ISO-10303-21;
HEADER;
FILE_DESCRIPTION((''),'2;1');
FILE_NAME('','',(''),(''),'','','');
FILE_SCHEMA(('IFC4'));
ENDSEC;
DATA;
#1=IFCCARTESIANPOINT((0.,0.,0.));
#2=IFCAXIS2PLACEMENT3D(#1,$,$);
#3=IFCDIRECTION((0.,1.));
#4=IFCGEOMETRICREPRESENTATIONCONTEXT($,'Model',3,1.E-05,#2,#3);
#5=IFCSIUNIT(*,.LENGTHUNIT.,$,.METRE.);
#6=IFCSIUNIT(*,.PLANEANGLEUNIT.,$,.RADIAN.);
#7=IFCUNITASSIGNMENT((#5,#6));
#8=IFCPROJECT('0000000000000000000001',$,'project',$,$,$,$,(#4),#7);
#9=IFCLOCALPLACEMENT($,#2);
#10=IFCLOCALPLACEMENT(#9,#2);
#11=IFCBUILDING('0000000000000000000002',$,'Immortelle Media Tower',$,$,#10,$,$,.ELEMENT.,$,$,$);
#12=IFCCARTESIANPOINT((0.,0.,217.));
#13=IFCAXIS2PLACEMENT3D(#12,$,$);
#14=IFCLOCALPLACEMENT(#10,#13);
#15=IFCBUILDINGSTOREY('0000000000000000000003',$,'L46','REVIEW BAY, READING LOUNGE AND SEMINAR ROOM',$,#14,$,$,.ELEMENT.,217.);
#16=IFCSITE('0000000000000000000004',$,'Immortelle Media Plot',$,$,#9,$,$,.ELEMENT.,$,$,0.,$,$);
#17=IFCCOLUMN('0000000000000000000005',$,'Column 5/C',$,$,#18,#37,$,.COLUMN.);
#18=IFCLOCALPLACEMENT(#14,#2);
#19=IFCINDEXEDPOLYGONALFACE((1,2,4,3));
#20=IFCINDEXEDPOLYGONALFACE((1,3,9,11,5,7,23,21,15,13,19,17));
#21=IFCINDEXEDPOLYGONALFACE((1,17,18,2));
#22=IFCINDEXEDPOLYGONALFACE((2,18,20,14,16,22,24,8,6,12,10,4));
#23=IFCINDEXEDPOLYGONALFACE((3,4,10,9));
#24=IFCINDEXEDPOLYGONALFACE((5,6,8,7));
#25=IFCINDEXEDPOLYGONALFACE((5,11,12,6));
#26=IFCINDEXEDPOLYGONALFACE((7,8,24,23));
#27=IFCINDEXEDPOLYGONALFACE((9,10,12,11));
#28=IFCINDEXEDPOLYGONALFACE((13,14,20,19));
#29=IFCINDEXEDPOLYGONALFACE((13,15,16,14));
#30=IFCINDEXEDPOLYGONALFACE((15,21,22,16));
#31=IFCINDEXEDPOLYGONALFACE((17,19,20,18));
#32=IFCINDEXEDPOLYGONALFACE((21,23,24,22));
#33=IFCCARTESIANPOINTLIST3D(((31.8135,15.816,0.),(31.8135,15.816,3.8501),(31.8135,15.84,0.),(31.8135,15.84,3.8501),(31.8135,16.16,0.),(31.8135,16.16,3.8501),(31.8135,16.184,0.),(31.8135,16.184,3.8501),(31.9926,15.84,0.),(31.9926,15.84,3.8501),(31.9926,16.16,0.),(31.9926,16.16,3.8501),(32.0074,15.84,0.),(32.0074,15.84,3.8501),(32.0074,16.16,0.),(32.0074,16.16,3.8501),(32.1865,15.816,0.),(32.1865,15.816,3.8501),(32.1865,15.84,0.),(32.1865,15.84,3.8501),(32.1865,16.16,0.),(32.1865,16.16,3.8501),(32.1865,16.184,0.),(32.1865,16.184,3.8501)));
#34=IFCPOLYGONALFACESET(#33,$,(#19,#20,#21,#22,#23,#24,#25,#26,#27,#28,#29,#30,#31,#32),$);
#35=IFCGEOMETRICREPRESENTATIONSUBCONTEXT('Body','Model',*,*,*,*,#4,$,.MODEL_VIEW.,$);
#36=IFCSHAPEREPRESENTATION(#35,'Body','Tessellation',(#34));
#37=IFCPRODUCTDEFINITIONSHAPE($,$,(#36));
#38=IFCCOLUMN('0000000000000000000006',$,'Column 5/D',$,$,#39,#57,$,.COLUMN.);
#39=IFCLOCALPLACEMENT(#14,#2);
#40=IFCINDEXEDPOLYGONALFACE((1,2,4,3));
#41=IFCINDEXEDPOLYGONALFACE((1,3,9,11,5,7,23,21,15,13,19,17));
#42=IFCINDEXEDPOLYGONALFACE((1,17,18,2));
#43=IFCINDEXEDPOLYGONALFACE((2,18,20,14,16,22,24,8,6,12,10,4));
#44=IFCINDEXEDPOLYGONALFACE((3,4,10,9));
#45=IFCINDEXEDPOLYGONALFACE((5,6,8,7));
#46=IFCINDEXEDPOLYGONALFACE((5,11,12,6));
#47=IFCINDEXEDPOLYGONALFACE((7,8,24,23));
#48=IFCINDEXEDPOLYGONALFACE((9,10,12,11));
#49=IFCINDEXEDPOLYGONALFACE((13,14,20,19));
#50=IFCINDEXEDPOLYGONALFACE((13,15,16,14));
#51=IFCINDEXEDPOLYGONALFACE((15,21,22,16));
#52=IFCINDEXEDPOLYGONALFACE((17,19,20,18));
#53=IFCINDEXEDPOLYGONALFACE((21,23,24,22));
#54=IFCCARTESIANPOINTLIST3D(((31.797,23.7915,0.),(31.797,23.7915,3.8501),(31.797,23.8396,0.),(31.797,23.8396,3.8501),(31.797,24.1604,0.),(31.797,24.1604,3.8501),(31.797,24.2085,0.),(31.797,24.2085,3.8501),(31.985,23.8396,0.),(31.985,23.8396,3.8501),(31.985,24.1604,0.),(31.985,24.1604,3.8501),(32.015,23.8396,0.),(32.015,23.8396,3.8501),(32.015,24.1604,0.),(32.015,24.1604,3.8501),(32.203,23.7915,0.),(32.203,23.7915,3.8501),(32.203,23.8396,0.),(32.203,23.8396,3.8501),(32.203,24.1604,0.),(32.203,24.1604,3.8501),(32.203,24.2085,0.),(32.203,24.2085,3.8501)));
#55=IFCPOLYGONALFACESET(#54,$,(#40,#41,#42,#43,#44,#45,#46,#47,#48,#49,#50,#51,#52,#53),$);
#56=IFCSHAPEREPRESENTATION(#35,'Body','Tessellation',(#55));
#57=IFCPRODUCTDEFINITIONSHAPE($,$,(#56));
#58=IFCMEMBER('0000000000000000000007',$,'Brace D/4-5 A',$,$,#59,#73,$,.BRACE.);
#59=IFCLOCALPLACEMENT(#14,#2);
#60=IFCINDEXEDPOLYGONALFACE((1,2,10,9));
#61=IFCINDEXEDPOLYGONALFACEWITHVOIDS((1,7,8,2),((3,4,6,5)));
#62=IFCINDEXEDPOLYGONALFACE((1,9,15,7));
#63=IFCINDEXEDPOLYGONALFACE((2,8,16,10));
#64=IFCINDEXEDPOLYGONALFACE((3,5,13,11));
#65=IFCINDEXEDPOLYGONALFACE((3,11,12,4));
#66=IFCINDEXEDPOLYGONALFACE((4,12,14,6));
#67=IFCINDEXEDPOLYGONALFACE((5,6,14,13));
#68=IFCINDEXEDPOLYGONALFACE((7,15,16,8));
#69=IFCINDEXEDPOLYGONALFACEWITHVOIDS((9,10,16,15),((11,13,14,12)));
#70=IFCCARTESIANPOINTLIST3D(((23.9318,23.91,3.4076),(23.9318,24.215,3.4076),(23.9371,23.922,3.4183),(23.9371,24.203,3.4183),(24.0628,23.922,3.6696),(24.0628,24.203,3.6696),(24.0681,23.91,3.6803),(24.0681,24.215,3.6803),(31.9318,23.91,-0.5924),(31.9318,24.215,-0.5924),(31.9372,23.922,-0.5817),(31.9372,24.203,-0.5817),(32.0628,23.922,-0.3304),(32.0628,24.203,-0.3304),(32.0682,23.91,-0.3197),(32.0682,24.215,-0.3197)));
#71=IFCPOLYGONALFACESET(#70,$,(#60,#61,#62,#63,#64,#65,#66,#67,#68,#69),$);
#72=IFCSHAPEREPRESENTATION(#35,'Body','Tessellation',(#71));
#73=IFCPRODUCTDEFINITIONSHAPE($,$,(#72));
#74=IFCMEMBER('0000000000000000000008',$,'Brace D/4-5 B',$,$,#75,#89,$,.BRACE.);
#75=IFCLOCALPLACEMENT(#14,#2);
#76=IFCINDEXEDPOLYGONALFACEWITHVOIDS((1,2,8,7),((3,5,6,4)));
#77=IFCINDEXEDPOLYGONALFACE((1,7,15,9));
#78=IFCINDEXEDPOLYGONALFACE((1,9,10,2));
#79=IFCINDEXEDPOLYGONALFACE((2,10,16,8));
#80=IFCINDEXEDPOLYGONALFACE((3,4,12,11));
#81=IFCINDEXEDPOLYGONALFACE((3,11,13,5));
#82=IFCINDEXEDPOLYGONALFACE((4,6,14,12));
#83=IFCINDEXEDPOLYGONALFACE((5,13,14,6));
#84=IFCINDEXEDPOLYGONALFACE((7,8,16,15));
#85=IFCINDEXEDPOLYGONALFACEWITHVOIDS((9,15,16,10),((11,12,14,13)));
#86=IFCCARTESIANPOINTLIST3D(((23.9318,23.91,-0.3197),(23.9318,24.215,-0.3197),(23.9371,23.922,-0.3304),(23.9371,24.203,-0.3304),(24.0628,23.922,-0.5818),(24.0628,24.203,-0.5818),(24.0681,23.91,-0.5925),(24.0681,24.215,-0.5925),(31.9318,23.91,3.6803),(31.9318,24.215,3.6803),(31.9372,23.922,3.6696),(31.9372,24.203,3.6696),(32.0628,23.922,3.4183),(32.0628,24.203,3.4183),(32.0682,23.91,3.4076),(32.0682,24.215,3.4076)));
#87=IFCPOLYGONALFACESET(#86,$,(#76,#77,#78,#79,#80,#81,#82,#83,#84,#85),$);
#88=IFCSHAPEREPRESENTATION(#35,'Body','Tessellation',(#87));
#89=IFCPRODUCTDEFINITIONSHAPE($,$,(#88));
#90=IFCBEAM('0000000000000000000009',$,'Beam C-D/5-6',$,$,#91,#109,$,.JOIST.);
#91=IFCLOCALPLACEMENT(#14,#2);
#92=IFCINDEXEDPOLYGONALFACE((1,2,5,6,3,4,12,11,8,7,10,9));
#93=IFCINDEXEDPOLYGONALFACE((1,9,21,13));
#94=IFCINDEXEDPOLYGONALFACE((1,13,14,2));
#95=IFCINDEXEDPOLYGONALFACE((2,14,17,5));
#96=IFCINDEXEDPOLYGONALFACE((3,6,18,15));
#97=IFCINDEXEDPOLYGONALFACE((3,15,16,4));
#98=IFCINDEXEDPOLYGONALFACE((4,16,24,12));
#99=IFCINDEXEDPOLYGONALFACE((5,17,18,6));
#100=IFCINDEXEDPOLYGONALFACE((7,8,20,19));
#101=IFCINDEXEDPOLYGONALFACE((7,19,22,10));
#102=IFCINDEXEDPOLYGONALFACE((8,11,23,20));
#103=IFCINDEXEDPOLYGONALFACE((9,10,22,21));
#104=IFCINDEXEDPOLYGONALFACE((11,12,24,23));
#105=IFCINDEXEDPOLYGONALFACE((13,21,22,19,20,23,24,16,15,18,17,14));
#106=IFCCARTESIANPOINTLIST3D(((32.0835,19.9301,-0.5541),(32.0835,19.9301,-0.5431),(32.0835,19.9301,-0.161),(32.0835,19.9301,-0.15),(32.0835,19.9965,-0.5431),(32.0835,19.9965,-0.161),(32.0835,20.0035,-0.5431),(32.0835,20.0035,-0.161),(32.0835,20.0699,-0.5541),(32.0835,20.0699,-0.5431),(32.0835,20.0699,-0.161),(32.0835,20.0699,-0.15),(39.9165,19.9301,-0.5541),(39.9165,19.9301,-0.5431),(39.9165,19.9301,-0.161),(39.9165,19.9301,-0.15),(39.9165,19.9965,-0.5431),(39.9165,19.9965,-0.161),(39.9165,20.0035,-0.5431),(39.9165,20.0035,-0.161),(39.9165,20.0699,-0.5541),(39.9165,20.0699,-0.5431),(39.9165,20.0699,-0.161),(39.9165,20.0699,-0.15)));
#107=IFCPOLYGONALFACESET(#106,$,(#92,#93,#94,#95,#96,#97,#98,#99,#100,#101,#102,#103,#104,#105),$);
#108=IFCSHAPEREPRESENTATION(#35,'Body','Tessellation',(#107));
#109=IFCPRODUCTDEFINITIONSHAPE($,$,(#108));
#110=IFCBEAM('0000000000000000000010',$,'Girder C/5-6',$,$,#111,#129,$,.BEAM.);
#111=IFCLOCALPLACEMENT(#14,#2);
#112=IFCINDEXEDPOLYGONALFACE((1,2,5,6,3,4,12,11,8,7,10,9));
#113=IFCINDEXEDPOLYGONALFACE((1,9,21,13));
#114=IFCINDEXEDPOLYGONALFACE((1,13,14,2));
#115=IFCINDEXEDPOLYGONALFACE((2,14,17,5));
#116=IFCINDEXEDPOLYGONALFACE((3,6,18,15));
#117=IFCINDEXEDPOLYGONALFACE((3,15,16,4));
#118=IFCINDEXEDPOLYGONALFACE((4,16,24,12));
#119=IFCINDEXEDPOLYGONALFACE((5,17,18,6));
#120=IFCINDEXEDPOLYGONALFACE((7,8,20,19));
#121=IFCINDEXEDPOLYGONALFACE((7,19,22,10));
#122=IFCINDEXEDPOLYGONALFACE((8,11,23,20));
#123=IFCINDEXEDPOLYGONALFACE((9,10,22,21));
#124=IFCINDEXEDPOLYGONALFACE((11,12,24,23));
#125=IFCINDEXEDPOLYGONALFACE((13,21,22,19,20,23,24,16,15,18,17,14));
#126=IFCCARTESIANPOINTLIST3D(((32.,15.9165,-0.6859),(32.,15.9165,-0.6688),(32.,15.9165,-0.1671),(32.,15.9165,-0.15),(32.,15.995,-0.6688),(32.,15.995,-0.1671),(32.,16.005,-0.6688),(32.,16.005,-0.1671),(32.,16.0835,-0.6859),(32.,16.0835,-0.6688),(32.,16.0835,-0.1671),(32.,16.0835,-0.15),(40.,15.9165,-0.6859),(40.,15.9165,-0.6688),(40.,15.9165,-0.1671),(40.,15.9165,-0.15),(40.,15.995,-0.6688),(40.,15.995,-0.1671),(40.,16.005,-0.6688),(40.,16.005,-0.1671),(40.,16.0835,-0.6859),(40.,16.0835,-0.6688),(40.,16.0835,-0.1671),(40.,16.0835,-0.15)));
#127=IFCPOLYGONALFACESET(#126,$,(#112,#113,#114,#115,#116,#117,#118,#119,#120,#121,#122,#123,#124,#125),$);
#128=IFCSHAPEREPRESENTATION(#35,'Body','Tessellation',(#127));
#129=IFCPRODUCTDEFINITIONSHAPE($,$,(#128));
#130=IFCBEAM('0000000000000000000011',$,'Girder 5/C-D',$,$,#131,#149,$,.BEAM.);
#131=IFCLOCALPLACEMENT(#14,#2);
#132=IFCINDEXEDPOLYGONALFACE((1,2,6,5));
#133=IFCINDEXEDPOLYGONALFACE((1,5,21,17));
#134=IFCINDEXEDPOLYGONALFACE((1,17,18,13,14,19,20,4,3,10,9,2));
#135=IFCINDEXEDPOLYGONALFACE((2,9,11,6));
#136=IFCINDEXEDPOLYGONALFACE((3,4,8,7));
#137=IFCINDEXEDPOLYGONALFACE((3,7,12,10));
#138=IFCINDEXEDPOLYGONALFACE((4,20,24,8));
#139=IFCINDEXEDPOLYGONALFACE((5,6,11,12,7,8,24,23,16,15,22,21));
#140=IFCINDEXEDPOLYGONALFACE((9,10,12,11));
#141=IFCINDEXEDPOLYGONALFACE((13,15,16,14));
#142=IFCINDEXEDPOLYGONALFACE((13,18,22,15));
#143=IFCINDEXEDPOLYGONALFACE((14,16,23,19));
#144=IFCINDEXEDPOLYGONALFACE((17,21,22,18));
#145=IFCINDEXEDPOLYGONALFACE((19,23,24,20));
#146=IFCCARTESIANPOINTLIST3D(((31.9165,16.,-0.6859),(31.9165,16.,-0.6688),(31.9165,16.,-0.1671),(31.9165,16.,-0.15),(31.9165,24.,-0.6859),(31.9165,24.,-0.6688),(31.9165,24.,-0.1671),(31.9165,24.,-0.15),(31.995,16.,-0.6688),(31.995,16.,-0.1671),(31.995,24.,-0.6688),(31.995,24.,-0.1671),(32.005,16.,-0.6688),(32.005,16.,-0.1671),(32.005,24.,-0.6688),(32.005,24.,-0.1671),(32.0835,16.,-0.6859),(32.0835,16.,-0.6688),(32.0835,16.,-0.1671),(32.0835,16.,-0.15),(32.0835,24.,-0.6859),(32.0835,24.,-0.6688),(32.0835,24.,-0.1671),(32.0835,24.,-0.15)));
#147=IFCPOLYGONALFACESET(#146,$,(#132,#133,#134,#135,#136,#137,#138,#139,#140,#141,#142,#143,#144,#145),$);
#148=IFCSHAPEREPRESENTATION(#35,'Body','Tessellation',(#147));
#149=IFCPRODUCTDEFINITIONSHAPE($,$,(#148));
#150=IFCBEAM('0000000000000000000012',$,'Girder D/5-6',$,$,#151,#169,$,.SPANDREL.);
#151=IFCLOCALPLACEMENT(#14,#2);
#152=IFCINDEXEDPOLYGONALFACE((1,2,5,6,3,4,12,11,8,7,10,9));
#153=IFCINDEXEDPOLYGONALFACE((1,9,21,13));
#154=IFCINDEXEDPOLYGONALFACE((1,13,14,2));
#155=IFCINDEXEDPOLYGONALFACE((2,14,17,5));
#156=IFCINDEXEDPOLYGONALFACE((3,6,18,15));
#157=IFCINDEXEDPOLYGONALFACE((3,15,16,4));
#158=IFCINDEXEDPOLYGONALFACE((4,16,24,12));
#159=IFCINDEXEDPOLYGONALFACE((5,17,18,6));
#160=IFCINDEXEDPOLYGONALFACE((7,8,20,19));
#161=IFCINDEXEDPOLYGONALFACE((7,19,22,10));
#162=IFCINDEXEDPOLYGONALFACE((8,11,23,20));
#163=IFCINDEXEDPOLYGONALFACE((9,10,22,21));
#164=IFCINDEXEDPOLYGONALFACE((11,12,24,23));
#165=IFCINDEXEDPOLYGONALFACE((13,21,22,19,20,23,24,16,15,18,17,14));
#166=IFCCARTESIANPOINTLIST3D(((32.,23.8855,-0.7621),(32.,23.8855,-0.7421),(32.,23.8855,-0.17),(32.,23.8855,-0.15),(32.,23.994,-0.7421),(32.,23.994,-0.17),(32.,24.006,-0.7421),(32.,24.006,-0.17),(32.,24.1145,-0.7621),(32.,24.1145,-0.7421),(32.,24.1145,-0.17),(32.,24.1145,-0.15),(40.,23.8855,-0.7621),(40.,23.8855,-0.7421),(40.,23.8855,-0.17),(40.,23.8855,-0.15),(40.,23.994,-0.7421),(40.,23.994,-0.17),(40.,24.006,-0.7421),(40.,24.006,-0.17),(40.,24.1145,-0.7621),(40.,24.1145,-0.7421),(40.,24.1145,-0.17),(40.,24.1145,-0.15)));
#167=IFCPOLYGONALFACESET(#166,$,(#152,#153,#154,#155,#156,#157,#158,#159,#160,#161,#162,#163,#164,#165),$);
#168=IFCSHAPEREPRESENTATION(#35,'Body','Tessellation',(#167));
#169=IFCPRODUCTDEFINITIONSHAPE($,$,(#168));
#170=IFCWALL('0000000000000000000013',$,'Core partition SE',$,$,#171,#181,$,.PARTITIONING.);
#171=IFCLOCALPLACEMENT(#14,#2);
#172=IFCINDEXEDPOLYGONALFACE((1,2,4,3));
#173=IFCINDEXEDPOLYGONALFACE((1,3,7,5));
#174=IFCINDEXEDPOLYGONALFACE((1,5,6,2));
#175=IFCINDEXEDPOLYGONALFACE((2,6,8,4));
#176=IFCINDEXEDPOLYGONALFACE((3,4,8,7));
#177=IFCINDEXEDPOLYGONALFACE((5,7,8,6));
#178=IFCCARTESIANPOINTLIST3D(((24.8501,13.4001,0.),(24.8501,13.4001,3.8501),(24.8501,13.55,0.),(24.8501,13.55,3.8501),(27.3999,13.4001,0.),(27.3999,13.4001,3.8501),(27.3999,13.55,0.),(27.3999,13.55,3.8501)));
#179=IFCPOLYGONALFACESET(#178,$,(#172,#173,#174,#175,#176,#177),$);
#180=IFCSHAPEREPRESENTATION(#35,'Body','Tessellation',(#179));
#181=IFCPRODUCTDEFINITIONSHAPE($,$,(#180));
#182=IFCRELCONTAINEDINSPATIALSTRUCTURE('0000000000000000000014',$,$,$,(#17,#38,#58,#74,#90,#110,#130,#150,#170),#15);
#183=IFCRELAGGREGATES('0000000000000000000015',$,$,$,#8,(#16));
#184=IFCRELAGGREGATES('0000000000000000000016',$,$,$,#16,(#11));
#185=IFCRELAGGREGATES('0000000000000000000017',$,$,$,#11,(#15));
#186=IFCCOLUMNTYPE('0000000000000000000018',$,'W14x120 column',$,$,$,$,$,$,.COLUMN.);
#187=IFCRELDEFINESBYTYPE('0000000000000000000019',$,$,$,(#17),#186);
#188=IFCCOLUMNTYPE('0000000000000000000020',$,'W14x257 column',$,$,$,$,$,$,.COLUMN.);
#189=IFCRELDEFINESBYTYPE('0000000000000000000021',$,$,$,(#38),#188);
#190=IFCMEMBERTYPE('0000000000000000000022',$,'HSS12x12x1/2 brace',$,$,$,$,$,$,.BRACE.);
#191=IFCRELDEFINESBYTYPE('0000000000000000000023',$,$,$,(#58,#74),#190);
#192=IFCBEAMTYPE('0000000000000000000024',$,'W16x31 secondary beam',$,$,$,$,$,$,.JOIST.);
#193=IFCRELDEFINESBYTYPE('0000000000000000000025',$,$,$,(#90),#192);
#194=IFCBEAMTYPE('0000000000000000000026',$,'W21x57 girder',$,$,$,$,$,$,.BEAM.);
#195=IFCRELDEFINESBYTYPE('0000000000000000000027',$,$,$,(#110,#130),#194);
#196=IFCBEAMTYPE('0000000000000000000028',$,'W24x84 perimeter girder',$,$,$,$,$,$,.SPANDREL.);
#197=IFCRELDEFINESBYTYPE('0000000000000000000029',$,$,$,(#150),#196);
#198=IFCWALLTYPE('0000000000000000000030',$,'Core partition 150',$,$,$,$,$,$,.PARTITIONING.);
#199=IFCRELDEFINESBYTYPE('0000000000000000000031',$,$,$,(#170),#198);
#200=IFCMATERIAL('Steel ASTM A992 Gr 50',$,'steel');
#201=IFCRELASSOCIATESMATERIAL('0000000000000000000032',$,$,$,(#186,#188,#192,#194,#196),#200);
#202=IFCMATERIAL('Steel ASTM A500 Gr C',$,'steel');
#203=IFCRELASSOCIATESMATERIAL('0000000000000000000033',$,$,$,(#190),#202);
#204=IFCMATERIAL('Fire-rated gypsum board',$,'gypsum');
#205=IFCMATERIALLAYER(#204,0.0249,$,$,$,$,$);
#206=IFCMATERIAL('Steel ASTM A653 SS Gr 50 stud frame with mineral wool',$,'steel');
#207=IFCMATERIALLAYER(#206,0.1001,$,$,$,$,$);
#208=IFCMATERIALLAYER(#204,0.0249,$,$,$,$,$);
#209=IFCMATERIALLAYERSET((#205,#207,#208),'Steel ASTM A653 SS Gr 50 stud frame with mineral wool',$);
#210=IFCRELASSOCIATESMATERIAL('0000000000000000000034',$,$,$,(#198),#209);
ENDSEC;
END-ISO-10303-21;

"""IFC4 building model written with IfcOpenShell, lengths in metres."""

from ifc_helpers import new_model, si_unit, direction, frame, frame_2d, origin, origin_2d, place, context, subcontext, project, spatial, rectangle, hollow_rectangle, i_section, extrude, material, layer, layer_set, material_profile, profile_set, type_object, element, save


model = new_model("IFC4")

# Units and contexts
model_context = context("Model", 3, precision=1e-05, world=origin(), true_north=direction((0.0, 1.0)))
body_context = subcontext(model_context, "Body", "Model", "MODEL_VIEW")
ifc_project = project(units=[si_unit("LENGTHUNIT", "METRE"), si_unit("PLANEANGLEUNIT", "RADIAN")], contexts=[model_context])

# Site, building, storey
site_placement = place(None, origin())
site = spatial("IfcSite", under=ifc_project, at=site_placement, Name="Immortelle Media Plot", CompositionType="ELEMENT", RefElevation=0.0)
building_placement = place(site_placement, origin())
building = spatial("IfcBuilding", under=site, at=building_placement, Name="Immortelle Media Tower", CompositionType="ELEMENT")
storey_placement = place(building_placement, frame((0.0, 0.0, 217.0)))
storey = spatial("IfcBuildingStorey", under=building, at=storey_placement, Name="L46", Description="REVIEW BAY, READING LOUNGE AND SEMINAR ROOM", CompositionType="ELEMENT", Elevation=217.0)

# Columns
ifc_material_1 = material(Name="Steel ASTM A992 Gr 50", Category="steel")
ifc_material_profile_1 = material_profile(ifc_material_1, i_section(OverallWidth=0.373, OverallDepth=0.3679, WebThickness=0.0149, FlangeThickness=0.0239, at=origin_2d()), Name="W14x120")
ifc_profile_set_1 = profile_set([ifc_material_profile_1], Name="Steel ASTM A992 Gr 50")
column_type_1 = type_object("IfcColumnType", Name="W14x120 column", PredefinedType="COLUMN", material=ifc_profile_set_1)
column_1_placement = place(storey_placement, frame((32.0, 16.0, 0.0), z_axis=(0.0, 0.0, 1.0), x_axis=(1.0, 0.0, 0.0)))
element("IfcColumn", 1, at=column_1_placement, inside=storey, type_object=column_type_1, Name="Column 5/C", PredefinedType="COLUMN", context=body_context, shape_type="SweptSolid", body=[
    extrude(i_section(OverallWidth=0.373, OverallDepth=0.3679, WebThickness=0.0149, FlangeThickness=0.0239, at=origin_2d()), origin(), (0.0, 0.0, 1.0), 3.8501),
])
ifc_material_profile_2 = material_profile(ifc_material_1, i_section(OverallWidth=0.406, OverallDepth=0.417, WebThickness=0.03, FlangeThickness=0.0481, at=origin_2d()), Name="W14x257")
ifc_profile_set_2 = profile_set([ifc_material_profile_2], Name="Steel ASTM A992 Gr 50")
column_type_2 = type_object("IfcColumnType", Name="W14x257 column", PredefinedType="COLUMN", material=ifc_profile_set_2)
column_2_placement = place(storey_placement, frame((32.0, 24.0, 0.0), z_axis=(0.0, 0.0, 1.0), x_axis=(1.0, 0.0, 0.0)))
element("IfcColumn", 2, at=column_2_placement, inside=storey, type_object=column_type_2, Name="Column 5/D", PredefinedType="COLUMN", context=body_context, shape_type="SweptSolid", body=[
    extrude(i_section(OverallWidth=0.406, OverallDepth=0.417, WebThickness=0.03, FlangeThickness=0.0481, at=origin_2d()), origin(), (0.0, 0.0, 1.0), 3.8501),
])

# Members
ifc_material_2 = material(Name="Steel ASTM A500 Gr C", Category="steel")
ifc_material_profile_3 = material_profile(ifc_material_2, hollow_rectangle(XDim=0.3049, YDim=0.3049, WallThickness=0.012, at=origin_2d()), Name="HSS12x12x1/2 brace")
ifc_profile_set_3 = profile_set([ifc_material_profile_3], Name="Steel ASTM A500 Gr C")
member_type = type_object("IfcMemberType", Name="HSS12x12x1/2 brace", PredefinedType="BRACE", material=ifc_profile_set_3)
for number, where, z_axis, x_axis, name in (
    (3, (32.0, 24.0625, -0.4561), (-0.894427, 0.0, 0.447214), (0.0, -1.0, 0.0), "Brace D/4-5 A"),
    (4, (32.0, 24.0625, 3.5439), (-0.894427, 0.0, -0.447214), (0.0, -1.0, 0.0), "Brace D/4-5 B"),
):
    element("IfcMember", number, at=place(storey_placement, frame(where, z_axis=z_axis, x_axis=x_axis)), inside=storey, type_object=member_type, Name=name, PredefinedType="BRACE", context=body_context, shape_type="SweptSolid", body=[
        extrude(hollow_rectangle(XDim=0.3049, YDim=0.3049, WallThickness=0.012, at=origin_2d()), origin(), (0.0, 0.0, 1.0), 8.9443),
    ])

# Beams
ifc_material_profile_4 = material_profile(ifc_material_1, i_section(OverallWidth=0.1399, OverallDepth=0.4041, WebThickness=0.0071, FlangeThickness=0.011, at=origin_2d()), Name="W16x31")
ifc_profile_set_4 = profile_set([ifc_material_profile_4], Name="Steel ASTM A992 Gr 50")
beam_type_1 = type_object("IfcBeamType", Name="W16x31 secondary beam", PredefinedType="JOIST", material=ifc_profile_set_4)
beam_1_placement = place(storey_placement, frame((32.0835, 20.0, -0.3521), z_axis=(1.0, 0.0, 0.0), x_axis=(0.0, 1.0, 0.0)))
element("IfcBeam", 5, at=beam_1_placement, inside=storey, type_object=beam_type_1, Name="Beam C-D/5-6", PredefinedType="JOIST", context=body_context, shape_type="SweptSolid", body=[
    extrude(i_section(OverallWidth=0.1399, OverallDepth=0.4041, WebThickness=0.0071, FlangeThickness=0.011, at=origin_2d()), origin(), (0.0, 0.0, 1.0), 7.833),
])
ifc_material_profile_5 = material_profile(ifc_material_1, i_section(OverallWidth=0.167, OverallDepth=0.5359, WebThickness=0.01, FlangeThickness=0.0171, at=origin_2d()), Name="W21x57")
ifc_profile_set_5 = profile_set([ifc_material_profile_5], Name="Steel ASTM A992 Gr 50")
beam_type_2 = type_object("IfcBeamType", Name="W21x57 girder", PredefinedType="BEAM", material=ifc_profile_set_5)
for number, where, z_axis, x_axis, name in (
    (6, (32.0, 16.0, -0.418), (1.0, 0.0, 0.0), (0.0, 1.0, 0.0), "Girder C/5-6"),
    (7, (32.0, 16.0, -0.418), (0.0, 1.0, 0.0), (-1.0, 0.0, 0.0), "Girder 5/C-D"),
):
    element("IfcBeam", number, at=place(storey_placement, frame(where, z_axis=z_axis, x_axis=x_axis)), inside=storey, type_object=beam_type_2, Name=name, PredefinedType="BEAM", context=body_context, shape_type="SweptSolid", body=[
        extrude(i_section(OverallWidth=0.167, OverallDepth=0.5359, WebThickness=0.01, FlangeThickness=0.0171, at=origin_2d()), origin(), (0.0, 0.0, 1.0), 8.0),
    ])
ifc_material_profile_6 = material_profile(ifc_material_1, i_section(OverallWidth=0.229, OverallDepth=0.6121, WebThickness=0.012, FlangeThickness=0.02, at=origin_2d()), Name="W24x84")
ifc_profile_set_6 = profile_set([ifc_material_profile_6], Name="Steel ASTM A992 Gr 50")
beam_type_3 = type_object("IfcBeamType", Name="W24x84 perimeter girder", PredefinedType="SPANDREL", material=ifc_profile_set_6)
beam_2_placement = place(storey_placement, frame((32.0, 24.0, -0.4561), z_axis=(1.0, 0.0, 0.0), x_axis=(0.0, 1.0, 0.0)))
element("IfcBeam", 8, at=beam_2_placement, inside=storey, type_object=beam_type_3, Name="Girder D/5-6", PredefinedType="SPANDREL", context=body_context, shape_type="SweptSolid", body=[
    extrude(i_section(OverallWidth=0.229, OverallDepth=0.6121, WebThickness=0.012, FlangeThickness=0.02, at=origin_2d()), origin(), (0.0, 0.0, 1.0), 8.0),
])

# Wall
ifc_material_3 = material(Name="Fire-rated gypsum board", Category="gypsum")
ifc_layer_1 = layer(ifc_material_3, 0.0249)
ifc_material_4 = material(Name="Steel ASTM A653 SS Gr 50 stud frame with mineral wool", Category="steel")
ifc_layer_2 = layer(ifc_material_4, 0.1001)
ifc_layer_3 = layer(ifc_material_3, 0.0249)
ifc_layer_set_1 = layer_set([ifc_layer_1, ifc_layer_2, ifc_layer_3], Name="Steel ASTM A653 SS Gr 50 stud frame with mineral wool")
wall_type_1 = type_object("IfcWallType", Name="Core partition 150", PredefinedType="PARTITIONING", material=ifc_layer_set_1)
wall_1_placement = place(storey_placement, frame((24.8501, 13.4751, 0.0), z_axis=(0.0, 0.0, 1.0), x_axis=(1.0, 0.0, 0.0)))
element("IfcWall", 9, at=wall_1_placement, inside=storey, type_object=wall_type_1, Name="Core partition SE", PredefinedType="PARTITIONING", context=body_context, shape_type="SweptSolid", body=[
    extrude(rectangle(XDim=2.5498, YDim=0.1499, at=frame_2d((1.2749, 0.0))), origin(), (0.0, 0.0, 1.0), 3.8501),
])

save(model, "model.ifc")
